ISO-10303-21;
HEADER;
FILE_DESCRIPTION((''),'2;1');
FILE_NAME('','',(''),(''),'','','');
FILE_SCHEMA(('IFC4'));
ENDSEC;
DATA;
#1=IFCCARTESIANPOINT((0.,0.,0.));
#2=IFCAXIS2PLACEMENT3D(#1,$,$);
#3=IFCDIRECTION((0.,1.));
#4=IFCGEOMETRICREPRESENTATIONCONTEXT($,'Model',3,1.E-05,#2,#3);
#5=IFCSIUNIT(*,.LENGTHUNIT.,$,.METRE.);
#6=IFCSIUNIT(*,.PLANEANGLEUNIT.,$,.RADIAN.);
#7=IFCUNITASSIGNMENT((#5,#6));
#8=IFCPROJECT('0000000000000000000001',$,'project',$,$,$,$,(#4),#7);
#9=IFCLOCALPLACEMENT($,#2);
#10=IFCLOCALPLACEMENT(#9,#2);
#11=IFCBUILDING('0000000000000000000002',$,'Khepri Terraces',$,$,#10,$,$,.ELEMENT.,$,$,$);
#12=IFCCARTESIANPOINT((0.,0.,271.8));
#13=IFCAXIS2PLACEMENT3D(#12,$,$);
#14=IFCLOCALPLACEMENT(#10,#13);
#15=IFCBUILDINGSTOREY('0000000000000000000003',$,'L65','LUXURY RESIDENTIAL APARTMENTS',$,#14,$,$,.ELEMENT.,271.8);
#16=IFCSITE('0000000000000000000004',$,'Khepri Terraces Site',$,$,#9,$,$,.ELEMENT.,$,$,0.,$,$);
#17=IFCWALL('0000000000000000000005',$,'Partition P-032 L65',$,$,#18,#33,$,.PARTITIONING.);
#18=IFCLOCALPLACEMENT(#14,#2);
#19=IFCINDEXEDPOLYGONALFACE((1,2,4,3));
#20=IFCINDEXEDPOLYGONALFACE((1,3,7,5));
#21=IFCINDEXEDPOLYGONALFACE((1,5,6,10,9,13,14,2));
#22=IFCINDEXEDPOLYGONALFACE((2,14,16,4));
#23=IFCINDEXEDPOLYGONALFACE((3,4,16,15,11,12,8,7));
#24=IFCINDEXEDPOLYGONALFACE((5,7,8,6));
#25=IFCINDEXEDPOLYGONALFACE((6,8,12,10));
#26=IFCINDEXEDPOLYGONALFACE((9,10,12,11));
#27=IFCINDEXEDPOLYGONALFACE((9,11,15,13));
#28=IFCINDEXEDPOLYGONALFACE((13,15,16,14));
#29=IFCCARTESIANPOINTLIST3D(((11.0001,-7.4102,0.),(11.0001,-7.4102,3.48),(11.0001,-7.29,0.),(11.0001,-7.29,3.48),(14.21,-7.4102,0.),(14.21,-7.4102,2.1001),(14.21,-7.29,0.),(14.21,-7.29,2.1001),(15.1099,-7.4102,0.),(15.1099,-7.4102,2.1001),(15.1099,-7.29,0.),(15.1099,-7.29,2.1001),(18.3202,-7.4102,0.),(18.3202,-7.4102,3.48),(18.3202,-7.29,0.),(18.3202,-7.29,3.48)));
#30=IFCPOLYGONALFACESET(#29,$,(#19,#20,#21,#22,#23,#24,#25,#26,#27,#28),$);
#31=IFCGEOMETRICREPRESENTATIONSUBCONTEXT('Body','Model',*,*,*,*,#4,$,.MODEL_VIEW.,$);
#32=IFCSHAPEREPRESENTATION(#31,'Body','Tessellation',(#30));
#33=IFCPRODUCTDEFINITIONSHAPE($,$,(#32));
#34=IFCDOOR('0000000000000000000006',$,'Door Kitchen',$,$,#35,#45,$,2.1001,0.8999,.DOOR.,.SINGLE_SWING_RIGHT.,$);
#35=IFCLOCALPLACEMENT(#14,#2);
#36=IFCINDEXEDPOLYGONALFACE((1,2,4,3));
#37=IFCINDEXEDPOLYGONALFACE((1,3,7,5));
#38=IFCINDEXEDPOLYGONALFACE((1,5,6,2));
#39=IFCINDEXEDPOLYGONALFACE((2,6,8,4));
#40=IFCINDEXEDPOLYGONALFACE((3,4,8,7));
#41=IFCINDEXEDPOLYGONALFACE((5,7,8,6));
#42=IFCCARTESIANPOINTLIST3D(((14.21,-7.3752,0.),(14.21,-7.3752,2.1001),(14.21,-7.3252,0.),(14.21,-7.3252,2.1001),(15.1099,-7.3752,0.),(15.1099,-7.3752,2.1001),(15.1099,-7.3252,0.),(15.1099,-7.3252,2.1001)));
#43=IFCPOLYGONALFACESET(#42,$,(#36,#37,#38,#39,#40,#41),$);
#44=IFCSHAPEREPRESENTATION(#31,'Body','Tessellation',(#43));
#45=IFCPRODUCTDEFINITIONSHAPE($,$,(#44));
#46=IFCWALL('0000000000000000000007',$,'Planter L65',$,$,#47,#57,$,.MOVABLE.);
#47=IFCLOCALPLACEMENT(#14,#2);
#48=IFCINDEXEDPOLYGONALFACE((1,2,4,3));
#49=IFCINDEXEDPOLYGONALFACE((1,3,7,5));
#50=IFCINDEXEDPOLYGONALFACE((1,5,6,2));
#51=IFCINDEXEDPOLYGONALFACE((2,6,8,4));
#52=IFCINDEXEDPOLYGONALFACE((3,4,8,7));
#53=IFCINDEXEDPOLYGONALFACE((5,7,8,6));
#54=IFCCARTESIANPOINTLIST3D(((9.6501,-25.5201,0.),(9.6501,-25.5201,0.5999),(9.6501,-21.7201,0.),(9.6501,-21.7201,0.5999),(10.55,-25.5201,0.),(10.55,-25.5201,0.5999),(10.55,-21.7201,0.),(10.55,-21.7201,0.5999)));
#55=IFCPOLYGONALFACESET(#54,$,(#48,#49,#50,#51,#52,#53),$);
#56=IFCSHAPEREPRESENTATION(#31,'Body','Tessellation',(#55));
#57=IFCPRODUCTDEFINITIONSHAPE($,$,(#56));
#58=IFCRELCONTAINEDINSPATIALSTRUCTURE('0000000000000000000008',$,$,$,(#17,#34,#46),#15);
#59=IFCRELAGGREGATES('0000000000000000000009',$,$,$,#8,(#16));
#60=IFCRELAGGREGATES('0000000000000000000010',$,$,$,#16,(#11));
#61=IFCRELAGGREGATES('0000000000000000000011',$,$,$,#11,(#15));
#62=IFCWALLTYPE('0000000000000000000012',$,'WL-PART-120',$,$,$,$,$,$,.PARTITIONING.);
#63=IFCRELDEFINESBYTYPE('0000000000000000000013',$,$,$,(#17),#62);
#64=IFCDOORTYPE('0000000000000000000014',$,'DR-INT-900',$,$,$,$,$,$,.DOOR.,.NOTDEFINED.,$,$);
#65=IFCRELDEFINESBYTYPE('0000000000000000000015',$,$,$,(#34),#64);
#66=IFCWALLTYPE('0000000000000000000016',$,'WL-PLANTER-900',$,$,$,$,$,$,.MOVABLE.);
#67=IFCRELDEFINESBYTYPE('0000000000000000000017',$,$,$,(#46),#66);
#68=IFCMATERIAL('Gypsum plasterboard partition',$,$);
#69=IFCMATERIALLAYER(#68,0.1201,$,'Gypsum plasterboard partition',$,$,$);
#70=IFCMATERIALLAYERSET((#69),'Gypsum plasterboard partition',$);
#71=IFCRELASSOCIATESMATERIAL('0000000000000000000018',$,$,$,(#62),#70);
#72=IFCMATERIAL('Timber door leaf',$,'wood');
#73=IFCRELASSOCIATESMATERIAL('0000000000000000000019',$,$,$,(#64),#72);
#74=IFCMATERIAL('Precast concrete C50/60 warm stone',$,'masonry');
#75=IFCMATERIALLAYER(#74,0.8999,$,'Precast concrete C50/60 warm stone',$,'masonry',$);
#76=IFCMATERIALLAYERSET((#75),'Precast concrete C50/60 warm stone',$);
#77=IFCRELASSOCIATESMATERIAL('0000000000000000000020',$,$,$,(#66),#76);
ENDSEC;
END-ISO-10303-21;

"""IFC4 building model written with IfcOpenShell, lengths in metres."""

from ifc_helpers import new_model, si_unit, direction, frame, frame_2d, origin, place, context, subcontext, project, spatial, rectangle, extrude, material, layer, layer_set, type_object, element, fill, save


model = new_model("IFC4")

# Units and contexts
model_context = context("Model", 3, precision=1e-05, world=origin(), true_north=direction((0.0, 1.0)))
body_context = subcontext(model_context, "Body", "Model", "MODEL_VIEW")
ifc_project = project(units=[si_unit("LENGTHUNIT", "METRE"), si_unit("PLANEANGLEUNIT", "RADIAN")], contexts=[model_context])

# Site, building, storey
site_placement = place(None, origin())
site = spatial("IfcSite", under=ifc_project, at=site_placement, Name="Khepri Terraces Site", CompositionType="ELEMENT", RefElevation=0.0)
building_placement = place(site_placement, origin())
building = spatial("IfcBuilding", under=site, at=building_placement, Name="Khepri Terraces", CompositionType="ELEMENT")
storey_placement = place(building_placement, frame((0.0, 0.0, 271.8)))
storey = spatial("IfcBuildingStorey", under=building, at=storey_placement, Name="L65", Description="LUXURY RESIDENTIAL APARTMENTS", CompositionType="ELEMENT", Elevation=271.8)

# Shared definitions
ifc_material_1 = material(Name="Gypsum plasterboard partition")
ifc_layer_1 = layer(ifc_material_1, 0.1201, Name="Gypsum plasterboard partition")
ifc_layer_set_1 = layer_set([ifc_layer_1], Name="Gypsum plasterboard partition")
wall_type_1 = type_object("IfcWallType", Name="WL-PART-120", PredefinedType="PARTITIONING", material=ifc_layer_set_1)

# Wall, opening, door
wall_1_placement = place(storey_placement, frame((11.0, -7.3501, 0.0), z_axis=(0.0, 0.0, 1.0), x_axis=(1.0, 0.0, 0.0)))
wall_1 = element("IfcWall", 1, at=wall_1_placement, inside=storey, type_object=wall_type_1, Name="Partition P-032 L65", PredefinedType="PARTITIONING", context=body_context, shape_type="SweptSolid", body=[
    extrude(rectangle(XDim=7.3201, YDim=0.1201, at=frame_2d((3.6602, 0.0))), origin(), (0.0, 0.0, 1.0), 3.48),
])
opening_1_placement = place(wall_1_placement, frame((3.21, 0.0, 0.0)))
opening_1 = element("IfcOpeningElement", 2, at=opening_1_placement, cuts=wall_1, PredefinedType="OPENING", context=body_context, shape_type="SweptSolid", body=[
    extrude(rectangle(XDim=0.8999, YDim=2.1001, at=frame_2d((0.45, 1.05))), frame((0.0, 0.0701, 0.0), z_axis=(0.0, -1.0, 0.0), x_axis=(1.0, 0.0, 0.0)), (0.0, 0.0, 1.0), 0.1401),
])
ifc_material_2 = material(Name="Timber door leaf", Category="wood")
door_type_1 = type_object("IfcDoorType", Name="DR-INT-900", OperationType="NOTDEFINED", PredefinedType="DOOR", material=ifc_material_2)
door_1_placement = place(opening_1_placement, origin())
door_1 = element("IfcDoor", 3, at=door_1_placement, inside=storey, type_object=door_type_1, Name="Door Kitchen", OperationType="SINGLE_SWING_RIGHT", OverallHeight=2.1001, OverallWidth=0.8999, PredefinedType="DOOR", context=body_context, shape_type="SweptSolid", body=[
    extrude(rectangle(XDim=0.8999, YDim=2.1001, at=frame_2d((0.45, 1.05))), frame((0.0, 0.0249, 0.0), z_axis=(0.0, -1.0, 0.0), x_axis=(1.0, 0.0, 0.0)), (0.0, 0.0, 1.0), 0.05),
])
fill(opening_1, door_1)

# Wall
ifc_material_3 = material(Name="Precast concrete C50/60 warm stone", Category="masonry")
ifc_layer_2 = layer(ifc_material_3, 0.8999, Name="Precast concrete C50/60 warm stone", Category="masonry")
ifc_layer_set_2 = layer_set([ifc_layer_2], Name="Precast concrete C50/60 warm stone")
wall_type_2 = type_object("IfcWallType", Name="WL-PLANTER-900", PredefinedType="MOVABLE", material=ifc_layer_set_2)
wall_2_placement = place(storey_placement, frame((10.1001, -25.52, 0.0), z_axis=(0.0, 0.0, 1.0), x_axis=(0.0, 1.0, 0.0)))
element("IfcWall", 4, at=wall_2_placement, inside=storey, type_object=wall_type_2, Name="Planter L65", PredefinedType="MOVABLE", context=body_context, shape_type="SweptSolid", body=[
    extrude(rectangle(XDim=3.8, YDim=0.8999, at=frame_2d((1.8999, 0.0))), origin(), (0.0, 0.0, 1.0), 0.5999),
])

save(model, "model.ifc")
